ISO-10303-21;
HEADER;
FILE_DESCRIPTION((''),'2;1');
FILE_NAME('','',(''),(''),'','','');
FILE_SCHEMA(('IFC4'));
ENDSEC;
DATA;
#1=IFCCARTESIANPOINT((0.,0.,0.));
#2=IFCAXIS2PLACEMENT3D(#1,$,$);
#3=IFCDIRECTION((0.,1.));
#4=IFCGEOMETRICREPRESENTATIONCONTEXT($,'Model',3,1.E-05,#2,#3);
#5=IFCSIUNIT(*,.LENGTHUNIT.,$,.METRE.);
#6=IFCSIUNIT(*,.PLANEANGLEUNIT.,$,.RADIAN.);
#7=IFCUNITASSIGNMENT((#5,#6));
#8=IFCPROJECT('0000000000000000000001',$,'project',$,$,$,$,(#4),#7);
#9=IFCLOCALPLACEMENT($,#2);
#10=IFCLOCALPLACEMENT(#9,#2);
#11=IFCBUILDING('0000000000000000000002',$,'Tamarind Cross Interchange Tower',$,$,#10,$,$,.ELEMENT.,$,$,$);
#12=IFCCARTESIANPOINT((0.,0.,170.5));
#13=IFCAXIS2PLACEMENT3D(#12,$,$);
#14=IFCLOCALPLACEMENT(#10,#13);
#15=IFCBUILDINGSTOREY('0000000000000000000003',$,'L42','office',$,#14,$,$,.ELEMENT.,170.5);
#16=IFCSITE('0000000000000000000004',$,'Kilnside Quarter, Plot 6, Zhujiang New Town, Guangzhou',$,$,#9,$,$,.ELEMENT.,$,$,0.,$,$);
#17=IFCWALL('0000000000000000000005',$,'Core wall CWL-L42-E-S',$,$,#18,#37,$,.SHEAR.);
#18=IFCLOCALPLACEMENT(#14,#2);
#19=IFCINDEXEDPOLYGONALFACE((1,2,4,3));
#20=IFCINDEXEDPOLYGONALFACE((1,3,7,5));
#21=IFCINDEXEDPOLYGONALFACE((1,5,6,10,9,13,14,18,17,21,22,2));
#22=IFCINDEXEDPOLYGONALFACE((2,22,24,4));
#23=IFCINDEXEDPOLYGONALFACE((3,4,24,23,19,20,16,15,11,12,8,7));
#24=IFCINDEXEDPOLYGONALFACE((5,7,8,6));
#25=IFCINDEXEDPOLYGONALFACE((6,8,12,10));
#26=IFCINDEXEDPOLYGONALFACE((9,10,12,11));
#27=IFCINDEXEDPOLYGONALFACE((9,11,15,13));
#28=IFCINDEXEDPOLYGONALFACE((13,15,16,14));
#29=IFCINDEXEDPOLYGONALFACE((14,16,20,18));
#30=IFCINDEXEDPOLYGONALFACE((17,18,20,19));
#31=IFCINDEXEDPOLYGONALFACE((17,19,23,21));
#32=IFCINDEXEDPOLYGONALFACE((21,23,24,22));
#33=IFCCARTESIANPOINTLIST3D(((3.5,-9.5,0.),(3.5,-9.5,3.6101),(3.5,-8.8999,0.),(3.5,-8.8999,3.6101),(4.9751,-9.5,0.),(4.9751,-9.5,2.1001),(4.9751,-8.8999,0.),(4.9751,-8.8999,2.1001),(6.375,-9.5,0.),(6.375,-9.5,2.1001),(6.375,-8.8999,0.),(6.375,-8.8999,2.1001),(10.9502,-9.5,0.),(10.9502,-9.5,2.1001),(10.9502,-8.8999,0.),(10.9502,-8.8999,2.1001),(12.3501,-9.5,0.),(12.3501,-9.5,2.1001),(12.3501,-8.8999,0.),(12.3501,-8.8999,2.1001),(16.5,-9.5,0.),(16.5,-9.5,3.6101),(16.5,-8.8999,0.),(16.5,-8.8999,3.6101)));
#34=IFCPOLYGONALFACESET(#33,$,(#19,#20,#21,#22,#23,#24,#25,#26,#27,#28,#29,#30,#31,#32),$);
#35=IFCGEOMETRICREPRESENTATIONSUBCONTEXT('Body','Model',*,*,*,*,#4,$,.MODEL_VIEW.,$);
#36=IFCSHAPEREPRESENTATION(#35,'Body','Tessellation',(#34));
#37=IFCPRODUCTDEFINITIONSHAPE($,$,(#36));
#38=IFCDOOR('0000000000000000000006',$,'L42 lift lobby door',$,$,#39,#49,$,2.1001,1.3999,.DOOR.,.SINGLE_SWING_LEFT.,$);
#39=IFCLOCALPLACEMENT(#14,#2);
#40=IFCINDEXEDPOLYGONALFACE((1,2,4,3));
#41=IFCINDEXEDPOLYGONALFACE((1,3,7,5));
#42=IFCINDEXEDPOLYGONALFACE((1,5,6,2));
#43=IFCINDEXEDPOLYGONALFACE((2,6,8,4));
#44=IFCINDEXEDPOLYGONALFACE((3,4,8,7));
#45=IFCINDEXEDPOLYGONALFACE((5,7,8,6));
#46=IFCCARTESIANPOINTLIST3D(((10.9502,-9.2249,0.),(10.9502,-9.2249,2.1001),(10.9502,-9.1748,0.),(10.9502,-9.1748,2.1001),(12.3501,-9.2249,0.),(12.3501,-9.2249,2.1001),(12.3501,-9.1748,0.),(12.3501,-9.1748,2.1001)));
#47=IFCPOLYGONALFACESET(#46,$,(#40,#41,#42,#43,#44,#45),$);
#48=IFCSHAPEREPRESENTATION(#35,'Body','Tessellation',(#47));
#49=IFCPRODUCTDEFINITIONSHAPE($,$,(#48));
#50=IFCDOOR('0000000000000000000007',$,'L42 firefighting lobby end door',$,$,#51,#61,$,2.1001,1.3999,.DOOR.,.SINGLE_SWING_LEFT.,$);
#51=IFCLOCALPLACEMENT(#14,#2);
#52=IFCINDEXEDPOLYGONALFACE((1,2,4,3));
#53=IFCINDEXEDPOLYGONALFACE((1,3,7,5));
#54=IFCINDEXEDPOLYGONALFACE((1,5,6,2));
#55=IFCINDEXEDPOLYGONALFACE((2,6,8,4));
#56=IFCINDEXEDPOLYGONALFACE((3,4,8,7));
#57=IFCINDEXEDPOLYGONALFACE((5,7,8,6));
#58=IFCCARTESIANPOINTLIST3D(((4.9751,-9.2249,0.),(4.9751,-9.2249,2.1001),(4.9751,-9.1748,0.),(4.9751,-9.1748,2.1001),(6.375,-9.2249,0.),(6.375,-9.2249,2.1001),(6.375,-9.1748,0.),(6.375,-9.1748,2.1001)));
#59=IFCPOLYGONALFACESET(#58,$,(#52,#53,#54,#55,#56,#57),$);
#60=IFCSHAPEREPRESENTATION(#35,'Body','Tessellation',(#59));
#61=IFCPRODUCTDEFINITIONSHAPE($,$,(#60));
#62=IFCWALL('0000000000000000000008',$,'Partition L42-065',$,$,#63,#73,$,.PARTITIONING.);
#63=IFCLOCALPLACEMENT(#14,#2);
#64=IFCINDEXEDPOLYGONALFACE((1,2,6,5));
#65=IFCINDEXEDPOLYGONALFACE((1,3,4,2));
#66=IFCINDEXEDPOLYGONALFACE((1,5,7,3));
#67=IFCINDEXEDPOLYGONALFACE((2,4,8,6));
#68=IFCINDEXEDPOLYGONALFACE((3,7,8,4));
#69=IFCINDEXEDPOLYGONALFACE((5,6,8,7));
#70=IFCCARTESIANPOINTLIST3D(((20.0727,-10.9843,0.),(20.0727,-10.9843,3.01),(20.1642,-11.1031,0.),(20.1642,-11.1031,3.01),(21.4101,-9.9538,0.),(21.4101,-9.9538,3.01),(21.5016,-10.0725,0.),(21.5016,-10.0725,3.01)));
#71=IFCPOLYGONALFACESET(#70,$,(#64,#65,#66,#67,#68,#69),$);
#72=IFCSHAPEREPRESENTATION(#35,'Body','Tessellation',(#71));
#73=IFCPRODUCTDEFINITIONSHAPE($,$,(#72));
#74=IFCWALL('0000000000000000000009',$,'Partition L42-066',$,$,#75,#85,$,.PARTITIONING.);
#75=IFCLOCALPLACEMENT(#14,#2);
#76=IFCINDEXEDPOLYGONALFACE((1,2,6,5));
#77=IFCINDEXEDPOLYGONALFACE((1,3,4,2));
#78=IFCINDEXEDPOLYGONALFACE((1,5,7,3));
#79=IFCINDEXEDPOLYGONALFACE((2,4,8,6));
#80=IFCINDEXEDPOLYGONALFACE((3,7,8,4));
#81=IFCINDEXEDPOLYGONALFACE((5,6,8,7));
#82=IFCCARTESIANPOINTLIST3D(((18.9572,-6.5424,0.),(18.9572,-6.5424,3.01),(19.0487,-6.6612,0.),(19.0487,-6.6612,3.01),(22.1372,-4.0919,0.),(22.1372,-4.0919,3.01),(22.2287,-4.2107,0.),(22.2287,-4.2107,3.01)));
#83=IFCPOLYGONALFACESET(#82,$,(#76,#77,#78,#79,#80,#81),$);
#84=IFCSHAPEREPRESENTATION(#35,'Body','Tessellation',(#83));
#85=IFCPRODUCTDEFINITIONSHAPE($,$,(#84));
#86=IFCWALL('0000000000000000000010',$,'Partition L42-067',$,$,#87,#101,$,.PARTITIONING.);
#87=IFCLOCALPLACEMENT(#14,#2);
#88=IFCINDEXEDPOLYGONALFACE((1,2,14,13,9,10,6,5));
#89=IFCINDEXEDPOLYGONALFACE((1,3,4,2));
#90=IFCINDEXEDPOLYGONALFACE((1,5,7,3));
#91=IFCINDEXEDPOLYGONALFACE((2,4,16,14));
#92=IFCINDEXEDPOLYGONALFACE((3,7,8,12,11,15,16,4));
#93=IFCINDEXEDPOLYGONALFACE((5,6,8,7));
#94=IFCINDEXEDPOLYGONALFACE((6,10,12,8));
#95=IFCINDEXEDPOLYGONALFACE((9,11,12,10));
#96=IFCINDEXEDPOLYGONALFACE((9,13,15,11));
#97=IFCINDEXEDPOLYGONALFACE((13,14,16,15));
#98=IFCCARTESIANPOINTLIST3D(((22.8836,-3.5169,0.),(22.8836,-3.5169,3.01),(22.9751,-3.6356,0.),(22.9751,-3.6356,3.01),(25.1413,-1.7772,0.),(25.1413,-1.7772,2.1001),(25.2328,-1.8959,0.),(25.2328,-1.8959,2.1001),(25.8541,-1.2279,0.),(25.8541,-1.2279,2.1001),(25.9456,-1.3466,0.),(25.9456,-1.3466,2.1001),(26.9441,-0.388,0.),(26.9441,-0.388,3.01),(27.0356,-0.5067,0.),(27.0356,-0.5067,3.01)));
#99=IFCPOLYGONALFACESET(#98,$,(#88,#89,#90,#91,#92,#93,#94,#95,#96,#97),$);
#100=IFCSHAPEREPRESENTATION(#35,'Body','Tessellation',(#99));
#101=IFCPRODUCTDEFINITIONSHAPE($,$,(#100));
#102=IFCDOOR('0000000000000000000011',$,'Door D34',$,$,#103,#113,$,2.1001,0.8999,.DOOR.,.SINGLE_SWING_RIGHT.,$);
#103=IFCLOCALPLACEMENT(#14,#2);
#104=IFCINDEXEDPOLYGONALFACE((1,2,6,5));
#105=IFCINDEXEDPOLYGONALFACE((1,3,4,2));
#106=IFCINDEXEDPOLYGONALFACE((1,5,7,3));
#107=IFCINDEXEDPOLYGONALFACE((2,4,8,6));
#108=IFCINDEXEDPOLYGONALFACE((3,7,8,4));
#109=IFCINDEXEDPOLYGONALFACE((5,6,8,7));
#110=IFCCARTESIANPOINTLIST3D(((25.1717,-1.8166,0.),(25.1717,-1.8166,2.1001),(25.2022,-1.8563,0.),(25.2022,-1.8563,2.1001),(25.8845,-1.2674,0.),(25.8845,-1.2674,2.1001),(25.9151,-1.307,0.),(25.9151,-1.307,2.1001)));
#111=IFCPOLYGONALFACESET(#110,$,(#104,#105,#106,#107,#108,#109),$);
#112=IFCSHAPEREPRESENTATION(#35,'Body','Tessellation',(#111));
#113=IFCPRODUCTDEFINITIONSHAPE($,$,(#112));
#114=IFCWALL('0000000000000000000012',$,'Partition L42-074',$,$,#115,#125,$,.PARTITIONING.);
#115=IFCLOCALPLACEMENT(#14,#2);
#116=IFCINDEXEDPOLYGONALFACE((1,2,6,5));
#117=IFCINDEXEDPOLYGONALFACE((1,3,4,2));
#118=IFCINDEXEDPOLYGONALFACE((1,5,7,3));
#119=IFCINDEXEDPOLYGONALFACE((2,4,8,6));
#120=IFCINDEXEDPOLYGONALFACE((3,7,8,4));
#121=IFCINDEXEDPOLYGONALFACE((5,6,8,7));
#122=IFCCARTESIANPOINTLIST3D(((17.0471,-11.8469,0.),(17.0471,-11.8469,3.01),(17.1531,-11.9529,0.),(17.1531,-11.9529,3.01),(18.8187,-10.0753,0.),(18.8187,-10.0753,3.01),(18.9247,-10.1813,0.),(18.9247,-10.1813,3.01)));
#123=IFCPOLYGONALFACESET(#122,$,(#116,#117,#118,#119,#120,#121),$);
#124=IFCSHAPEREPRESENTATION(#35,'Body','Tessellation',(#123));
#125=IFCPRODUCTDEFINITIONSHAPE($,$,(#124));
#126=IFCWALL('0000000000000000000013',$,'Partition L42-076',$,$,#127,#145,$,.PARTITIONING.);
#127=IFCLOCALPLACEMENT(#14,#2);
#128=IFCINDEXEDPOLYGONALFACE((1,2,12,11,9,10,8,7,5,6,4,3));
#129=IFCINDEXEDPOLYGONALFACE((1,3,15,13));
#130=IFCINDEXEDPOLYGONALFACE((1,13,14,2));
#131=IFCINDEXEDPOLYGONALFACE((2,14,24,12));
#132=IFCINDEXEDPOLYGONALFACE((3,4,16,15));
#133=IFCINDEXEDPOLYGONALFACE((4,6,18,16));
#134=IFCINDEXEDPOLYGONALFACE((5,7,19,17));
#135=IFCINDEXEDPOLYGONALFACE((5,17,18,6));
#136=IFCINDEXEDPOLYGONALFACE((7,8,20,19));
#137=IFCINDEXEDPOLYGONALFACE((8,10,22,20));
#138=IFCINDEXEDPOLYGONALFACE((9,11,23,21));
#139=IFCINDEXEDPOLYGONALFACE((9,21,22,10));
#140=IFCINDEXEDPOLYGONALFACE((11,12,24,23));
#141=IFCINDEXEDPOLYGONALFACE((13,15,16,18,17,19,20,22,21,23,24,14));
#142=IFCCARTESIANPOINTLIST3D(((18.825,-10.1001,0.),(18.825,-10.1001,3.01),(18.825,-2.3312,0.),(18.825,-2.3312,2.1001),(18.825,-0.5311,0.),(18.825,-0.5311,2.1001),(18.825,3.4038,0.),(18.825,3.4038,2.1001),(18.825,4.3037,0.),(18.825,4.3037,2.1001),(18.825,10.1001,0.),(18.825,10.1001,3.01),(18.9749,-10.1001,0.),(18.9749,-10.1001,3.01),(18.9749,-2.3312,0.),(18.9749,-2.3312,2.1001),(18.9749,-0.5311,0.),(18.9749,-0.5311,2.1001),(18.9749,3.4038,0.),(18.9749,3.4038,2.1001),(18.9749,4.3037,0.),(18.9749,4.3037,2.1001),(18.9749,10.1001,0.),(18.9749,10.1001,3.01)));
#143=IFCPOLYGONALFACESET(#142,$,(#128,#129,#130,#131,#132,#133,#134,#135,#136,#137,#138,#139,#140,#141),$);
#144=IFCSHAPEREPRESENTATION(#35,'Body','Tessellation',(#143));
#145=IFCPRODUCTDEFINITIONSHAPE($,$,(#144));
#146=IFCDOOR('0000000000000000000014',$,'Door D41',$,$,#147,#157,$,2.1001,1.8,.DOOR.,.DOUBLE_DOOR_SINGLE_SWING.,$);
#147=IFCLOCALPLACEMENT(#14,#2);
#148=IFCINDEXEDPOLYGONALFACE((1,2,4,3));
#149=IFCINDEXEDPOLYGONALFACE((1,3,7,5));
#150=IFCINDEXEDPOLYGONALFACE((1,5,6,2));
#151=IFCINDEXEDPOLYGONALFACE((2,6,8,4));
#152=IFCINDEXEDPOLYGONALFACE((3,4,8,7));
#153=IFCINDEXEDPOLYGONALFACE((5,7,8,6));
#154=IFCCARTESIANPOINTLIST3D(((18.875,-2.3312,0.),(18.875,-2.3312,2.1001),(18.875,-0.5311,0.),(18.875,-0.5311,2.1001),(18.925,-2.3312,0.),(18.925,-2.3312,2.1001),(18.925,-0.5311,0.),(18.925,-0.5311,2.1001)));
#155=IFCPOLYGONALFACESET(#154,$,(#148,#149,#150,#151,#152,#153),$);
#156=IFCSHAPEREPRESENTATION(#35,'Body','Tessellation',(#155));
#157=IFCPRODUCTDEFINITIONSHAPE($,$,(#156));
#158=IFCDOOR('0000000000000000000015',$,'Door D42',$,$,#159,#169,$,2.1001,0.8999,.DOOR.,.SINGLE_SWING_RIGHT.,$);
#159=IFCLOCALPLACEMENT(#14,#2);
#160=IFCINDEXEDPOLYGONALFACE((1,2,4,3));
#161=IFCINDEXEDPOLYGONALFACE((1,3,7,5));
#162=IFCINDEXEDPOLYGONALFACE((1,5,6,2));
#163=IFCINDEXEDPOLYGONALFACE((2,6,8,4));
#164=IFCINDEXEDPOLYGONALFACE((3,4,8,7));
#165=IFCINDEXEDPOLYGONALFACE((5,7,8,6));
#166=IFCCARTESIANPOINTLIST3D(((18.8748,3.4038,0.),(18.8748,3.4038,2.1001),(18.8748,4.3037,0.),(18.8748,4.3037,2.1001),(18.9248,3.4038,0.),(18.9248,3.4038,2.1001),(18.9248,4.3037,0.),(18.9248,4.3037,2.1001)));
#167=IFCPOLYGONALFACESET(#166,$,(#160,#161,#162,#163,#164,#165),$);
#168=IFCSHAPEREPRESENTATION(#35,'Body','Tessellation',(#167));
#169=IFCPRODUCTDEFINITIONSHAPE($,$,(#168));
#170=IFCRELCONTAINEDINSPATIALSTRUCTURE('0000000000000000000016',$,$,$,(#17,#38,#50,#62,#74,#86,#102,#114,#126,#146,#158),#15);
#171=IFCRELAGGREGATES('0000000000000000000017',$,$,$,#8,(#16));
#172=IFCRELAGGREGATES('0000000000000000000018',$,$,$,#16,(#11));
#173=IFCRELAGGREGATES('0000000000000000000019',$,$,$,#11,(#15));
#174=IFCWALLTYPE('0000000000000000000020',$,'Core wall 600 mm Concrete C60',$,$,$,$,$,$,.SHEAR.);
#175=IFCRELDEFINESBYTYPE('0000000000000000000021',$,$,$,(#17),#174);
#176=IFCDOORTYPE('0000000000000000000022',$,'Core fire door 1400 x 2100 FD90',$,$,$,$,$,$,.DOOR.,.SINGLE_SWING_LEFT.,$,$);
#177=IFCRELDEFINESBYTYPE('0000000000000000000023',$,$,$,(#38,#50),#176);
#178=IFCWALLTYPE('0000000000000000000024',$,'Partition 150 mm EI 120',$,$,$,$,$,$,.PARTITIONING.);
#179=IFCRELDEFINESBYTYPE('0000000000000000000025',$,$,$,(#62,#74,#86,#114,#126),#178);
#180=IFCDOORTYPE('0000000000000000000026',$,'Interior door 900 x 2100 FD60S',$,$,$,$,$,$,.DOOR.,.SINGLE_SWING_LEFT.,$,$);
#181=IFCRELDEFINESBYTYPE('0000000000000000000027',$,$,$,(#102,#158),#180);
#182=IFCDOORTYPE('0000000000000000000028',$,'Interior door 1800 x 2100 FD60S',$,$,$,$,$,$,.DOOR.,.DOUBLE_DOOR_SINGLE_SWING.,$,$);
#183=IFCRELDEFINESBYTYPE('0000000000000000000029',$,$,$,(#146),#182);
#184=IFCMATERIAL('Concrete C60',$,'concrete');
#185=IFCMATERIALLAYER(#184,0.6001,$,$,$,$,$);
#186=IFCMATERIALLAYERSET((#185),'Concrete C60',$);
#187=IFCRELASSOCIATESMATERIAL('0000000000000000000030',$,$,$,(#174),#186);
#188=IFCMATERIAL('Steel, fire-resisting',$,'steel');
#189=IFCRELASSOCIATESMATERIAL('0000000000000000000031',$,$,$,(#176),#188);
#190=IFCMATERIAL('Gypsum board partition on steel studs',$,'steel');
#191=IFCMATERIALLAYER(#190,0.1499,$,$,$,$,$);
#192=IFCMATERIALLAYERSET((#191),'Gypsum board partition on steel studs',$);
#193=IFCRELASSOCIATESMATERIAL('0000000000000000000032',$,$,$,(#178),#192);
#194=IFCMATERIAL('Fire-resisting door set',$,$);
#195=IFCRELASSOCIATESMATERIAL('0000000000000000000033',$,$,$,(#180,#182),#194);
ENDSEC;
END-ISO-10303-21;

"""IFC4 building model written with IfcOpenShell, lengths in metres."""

from ifc_helpers import new_model, si_unit, direction, frame, frame_2d, origin, place, context, subcontext, project, spatial, rectangle, extrude, material, layer, layer_set, type_object, element, fill, save


model = new_model("IFC4")

# Units and contexts
model_context = context("Model", 3, precision=1e-05, world=origin(), true_north=direction((0.0, 1.0)))
body_context = subcontext(model_context, "Body", "Model", "MODEL_VIEW")
ifc_project = project(units=[si_unit("LENGTHUNIT", "METRE"), si_unit("PLANEANGLEUNIT", "RADIAN")], contexts=[model_context])

# Site, building, storey
site_placement = place(None, origin())
site = spatial("IfcSite", under=ifc_project, at=site_placement, Name="Kilnside Quarter, Plot 6, Zhujiang New Town, Guangzhou", CompositionType="ELEMENT", RefElevation=0.0)
building_placement = place(site_placement, origin())
building = spatial("IfcBuilding", under=site, at=building_placement, Name="Tamarind Cross Interchange Tower", CompositionType="ELEMENT")
storey_placement = place(building_placement, frame((0.0, 0.0, 170.5)))
storey = spatial("IfcBuildingStorey", under=building, at=storey_placement, Name="L42", Description="office", CompositionType="ELEMENT", Elevation=170.5)

# Shared definitions
ifc_material_1 = material(Name="Concrete C60", Category="concrete")

# Wall, openings, doors
ifc_layer_1 = layer(ifc_material_1, 0.6001)
ifc_layer_set_1 = layer_set([ifc_layer_1], Name="Concrete C60")
wall_type_1 = type_object("IfcWallType", Name="Core wall 600 mm Concrete C60", PredefinedType="SHEAR", material=ifc_layer_set_1)
wall_1_placement = place(storey_placement, frame((16.5, -9.2, 0.0), z_axis=(0.0, 0.0, 1.0), x_axis=(-1.0, 0.0, 0.0)))
wall_1 = element("IfcWall", 1, at=wall_1_placement, inside=storey, type_object=wall_type_1, Name="Core wall CWL-L42-E-S", PredefinedType="SHEAR", context=body_context, shape_type="SweptSolid", body=[
    extrude(rectangle(XDim=13.0, YDim=0.6001, at=frame_2d((6.5, 0.0))), origin(), (0.0, 0.0, 1.0), 3.6101),
])
opening_1_placement = place(wall_1_placement, frame((4.1499, 0.0, 0.0)))
opening_1 = element("IfcOpeningElement", 2, at=opening_1_placement, cuts=wall_1, PredefinedType="OPENING", context=body_context, shape_type="SweptSolid", body=[
    extrude(rectangle(XDim=1.3999, YDim=2.1001, at=frame_2d((0.7, 1.05))), frame((0.0, 0.3101, 0.0), z_axis=(0.0, -1.0, 0.0), x_axis=(1.0, 0.0, 0.0)), (0.0, 0.0, 1.0), 0.6201),
])
opening_2_placement = place(wall_1_placement, frame((10.125, 0.0, 0.0)))
opening_2 = element("IfcOpeningElement", 3, at=opening_2_placement, cuts=wall_1, PredefinedType="OPENING", context=body_context, shape_type="SweptSolid", body=[
    extrude(rectangle(XDim=1.3999, YDim=2.1001, at=frame_2d((0.7, 1.05))), frame((0.0, 0.3101, 0.0), z_axis=(0.0, -1.0, 0.0), x_axis=(1.0, 0.0, 0.0)), (0.0, 0.0, 1.0), 0.6201),
])
ifc_material_2 = material(Name="Steel, fire-resisting", Category="steel")
door_type_1 = type_object("IfcDoorType", Name="Core fire door 1400 x 2100 FD90", OperationType="SINGLE_SWING_LEFT", PredefinedType="DOOR", material=ifc_material_2)
door_1_placement = place(opening_1_placement, origin())
door_1 = element("IfcDoor", 4, at=door_1_placement, inside=storey, type_object=door_type_1, Name="L42 lift lobby door", OperationType="SINGLE_SWING_LEFT", OverallHeight=2.1001, OverallWidth=1.3999, PredefinedType="DOOR", context=body_context, shape_type="SweptSolid", body=[
    extrude(rectangle(XDim=1.3999, YDim=2.1001, at=frame_2d((0.7, 1.05))), frame((0.0, 0.0249, 0.0), z_axis=(0.0, -1.0, 0.0), x_axis=(1.0, 0.0, 0.0)), (0.0, 0.0, 1.0), 0.05),
])
fill(opening_1, door_1)
door_2_placement = place(opening_2_placement, origin())
door_2 = element("IfcDoor", 5, at=door_2_placement, inside=storey, type_object=door_type_1, Name="L42 firefighting lobby end door", OperationType="SINGLE_SWING_LEFT", OverallHeight=2.1001, OverallWidth=1.3999, PredefinedType="DOOR", context=body_context, shape_type="SweptSolid", body=[
    extrude(rectangle(XDim=1.3999, YDim=2.1001, at=frame_2d((0.7, 1.05))), frame((0.0, 0.0249, 0.0), z_axis=(0.0, -1.0, 0.0), x_axis=(1.0, 0.0, 0.0)), (0.0, 0.0, 1.0), 0.05),
])
fill(opening_2, door_2)

# Walls
ifc_material_3 = material(Name="Gypsum board partition on steel studs", Category="steel")
ifc_layer_2 = layer(ifc_material_3, 0.1499)
ifc_layer_set_2 = layer_set([ifc_layer_2], Name="Gypsum board partition on steel studs")
wall_type_2 = type_object("IfcWallType", Name="Partition 150 mm EI 120", PredefinedType="PARTITIONING", material=ifc_layer_set_2)
wall_2_placement = place(storey_placement, frame((20.1184, -11.0437, 0.0), z_axis=(0.0, 0.0, 1.0), x_axis=(0.792124, 0.61036, 0.0)))
element("IfcWall", 6, at=wall_2_placement, inside=storey, type_object=wall_type_2, Name="Partition L42-065", PredefinedType="PARTITIONING", context=body_context, shape_type="SweptSolid", body=[
    extrude(rectangle(XDim=1.6885, YDim=0.1499, at=frame_2d((0.8442, 0.0))), origin(), (0.0, 0.0, 1.0), 3.01),
])
wall_3_placement = place(storey_placement, frame((19.0029, -6.6018, 0.0), z_axis=(0.0, 0.0, 1.0), x_axis=(0.792101, 0.610389, 0.0)))
element("IfcWall", 7, at=wall_3_placement, inside=storey, type_object=wall_type_2, Name="Partition L42-066", PredefinedType="PARTITIONING", context=body_context, shape_type="SweptSolid", body=[
    extrude(rectangle(XDim=4.0146, YDim=0.1499, at=frame_2d((2.0073, 0.0))), origin(), (0.0, 0.0, 1.0), 3.01),
])

# Wall, opening, door
wall_4_placement = place(storey_placement, frame((22.9294, -3.5762, 0.0), z_axis=(0.0, 0.0, 1.0), x_axis=(0.792114, 0.610373, 0.0)))
wall_4 = element("IfcWall", 8, at=wall_4_placement, inside=storey, type_object=wall_type_2, Name="Partition L42-067", PredefinedType="PARTITIONING", context=body_context, shape_type="SweptSolid", body=[
    extrude(rectangle(XDim=5.1262, YDim=0.1499, at=frame_2d((2.563, 0.0))), origin(), (0.0, 0.0, 1.0), 3.01),
])
opening_3_placement = place(wall_4_placement, frame((2.8501, 0.0, 0.0)))
opening_3 = element("IfcOpeningElement", 9, at=opening_3_placement, cuts=wall_4, PredefinedType="OPENING", context=body_context, shape_type="SweptSolid", body=[
    extrude(rectangle(XDim=0.8999, YDim=2.1001, at=frame_2d((0.45, 1.05))), frame((0.0, 0.085, 0.0), z_axis=(0.0, -1.0, 0.0), x_axis=(1.0, 0.0, 0.0)), (0.0, 0.0, 1.0), 0.1699),
])
ifc_material_4 = material(Name="Fire-resisting door set")
door_type_2 = type_object("IfcDoorType", Name="Interior door 900 x 2100 FD60S", OperationType="SINGLE_SWING_LEFT", PredefinedType="DOOR", material=ifc_material_4)
door_3_placement = place(opening_3_placement, frame((0.8999, 0.0, 0.0), z_axis=(0.0, 0.0, 1.0), x_axis=(-1.0, 0.0, 0.0)))
door_3 = element("IfcDoor", 10, at=door_3_placement, inside=storey, type_object=door_type_2, Name="Door D34", OperationType="SINGLE_SWING_RIGHT", OverallHeight=2.1001, OverallWidth=0.8999, PredefinedType="DOOR", context=body_context, shape_type="SweptSolid", body=[
    extrude(rectangle(XDim=0.8999, YDim=2.1001, at=frame_2d((0.45, 1.05))), frame((0.0, 0.0249, 0.0), z_axis=(0.0, -1.0, 0.0), x_axis=(1.0, 0.0, 0.0)), (0.0, 0.0, 1.0), 0.05),
])
fill(opening_3, door_3)

# Wall
wall_5_placement = place(storey_placement, frame((17.1001, -11.8999, 0.0), z_axis=(0.0, 0.0, 1.0), x_axis=(0.707107, 0.707107, 0.0)))
element("IfcWall", 11, at=wall_5_placement, inside=storey, type_object=wall_type_2, Name="Partition L42-074", PredefinedType="PARTITIONING", context=body_context, shape_type="SweptSolid", body=[
    extrude(rectangle(XDim=2.5054, YDim=0.1499, at=frame_2d((1.2527, 0.0))), origin(), (0.0, 0.0, 1.0), 3.01),
])

# Wall, openings, doors
wall_6_placement = place(storey_placement, frame((18.8999, -10.1001, 0.0), z_axis=(0.0, 0.0, 1.0), x_axis=(0.0, 1.0, 0.0)))
wall_6 = element("IfcWall", 12, at=wall_6_placement, inside=storey, type_object=wall_type_2, Name="Partition L42-076", PredefinedType="PARTITIONING", context=body_context, shape_type="SweptSolid", body=[
    extrude(rectangle(XDim=20.2002, YDim=0.1499, at=frame_2d((10.1001, 0.0))), origin(), (0.0, 0.0, 1.0), 3.01),
])
opening_4_placement = place(wall_6_placement, frame((7.769, 0.0, 0.0)))
opening_4 = element("IfcOpeningElement", 13, at=opening_4_placement, cuts=wall_6, PredefinedType="OPENING", context=body_context, shape_type="SweptSolid", body=[
    extrude(rectangle(XDim=1.8, YDim=2.1001, at=frame_2d((0.8999, 1.05))), frame((0.0, 0.085, 0.0), z_axis=(0.0, -1.0, 0.0), x_axis=(1.0, 0.0, 0.0)), (0.0, 0.0, 1.0), 0.1699),
])
opening_5_placement = place(wall_6_placement, frame((13.5039, 0.0, 0.0)))
opening_5 = element("IfcOpeningElement", 14, at=opening_5_placement, cuts=wall_6, PredefinedType="OPENING", context=body_context, shape_type="SweptSolid", body=[
    extrude(rectangle(XDim=0.8999, YDim=2.1001, at=frame_2d((0.45, 1.05))), frame((0.0, 0.085, 0.0), z_axis=(0.0, -1.0, 0.0), x_axis=(1.0, 0.0, 0.0)), (0.0, 0.0, 1.0), 0.1699),
])
door_type_3 = type_object("IfcDoorType", Name="Interior door 1800 x 2100 FD60S", OperationType="DOUBLE_DOOR_SINGLE_SWING", PredefinedType="DOOR", material=ifc_material_4)
door_4_placement = place(opening_4_placement, origin())
door_4 = element("IfcDoor", 15, at=door_4_placement, inside=storey, type_object=door_type_3, Name="Door D41", OperationType="DOUBLE_DOOR_SINGLE_SWING", OverallHeight=2.1001, OverallWidth=1.8, PredefinedType="DOOR", context=body_context, shape_type="SweptSolid", body=[
    extrude(rectangle(XDim=1.8, YDim=2.1001, at=frame_2d((0.8999, 1.05))), frame((0.0, 0.0249, 0.0), z_axis=(0.0, -1.0, 0.0), x_axis=(1.0, 0.0, 0.0)), (0.0, 0.0, 1.0), 0.05),
])
fill(opening_4, door_4)
door_5_placement = place(opening_5_placement, frame((0.8999, 0.0, 0.0), z_axis=(0.0, 0.0, 1.0), x_axis=(-1.0, 0.0, 0.0)))
door_5 = element("IfcDoor", 16, at=door_5_placement, inside=storey, type_object=door_type_2, Name="Door D42", OperationType="SINGLE_SWING_RIGHT", OverallHeight=2.1001, OverallWidth=0.8999, PredefinedType="DOOR", context=body_context, shape_type="SweptSolid", body=[
    extrude(rectangle(XDim=0.8999, YDim=2.1001, at=frame_2d((0.45, 1.05))), frame((0.0, 0.0249, 0.0), z_axis=(0.0, -1.0, 0.0), x_axis=(1.0, 0.0, 0.0)), (0.0, 0.0, 1.0), 0.05),
])
fill(opening_5, door_5)

save(model, "model.ifc")
